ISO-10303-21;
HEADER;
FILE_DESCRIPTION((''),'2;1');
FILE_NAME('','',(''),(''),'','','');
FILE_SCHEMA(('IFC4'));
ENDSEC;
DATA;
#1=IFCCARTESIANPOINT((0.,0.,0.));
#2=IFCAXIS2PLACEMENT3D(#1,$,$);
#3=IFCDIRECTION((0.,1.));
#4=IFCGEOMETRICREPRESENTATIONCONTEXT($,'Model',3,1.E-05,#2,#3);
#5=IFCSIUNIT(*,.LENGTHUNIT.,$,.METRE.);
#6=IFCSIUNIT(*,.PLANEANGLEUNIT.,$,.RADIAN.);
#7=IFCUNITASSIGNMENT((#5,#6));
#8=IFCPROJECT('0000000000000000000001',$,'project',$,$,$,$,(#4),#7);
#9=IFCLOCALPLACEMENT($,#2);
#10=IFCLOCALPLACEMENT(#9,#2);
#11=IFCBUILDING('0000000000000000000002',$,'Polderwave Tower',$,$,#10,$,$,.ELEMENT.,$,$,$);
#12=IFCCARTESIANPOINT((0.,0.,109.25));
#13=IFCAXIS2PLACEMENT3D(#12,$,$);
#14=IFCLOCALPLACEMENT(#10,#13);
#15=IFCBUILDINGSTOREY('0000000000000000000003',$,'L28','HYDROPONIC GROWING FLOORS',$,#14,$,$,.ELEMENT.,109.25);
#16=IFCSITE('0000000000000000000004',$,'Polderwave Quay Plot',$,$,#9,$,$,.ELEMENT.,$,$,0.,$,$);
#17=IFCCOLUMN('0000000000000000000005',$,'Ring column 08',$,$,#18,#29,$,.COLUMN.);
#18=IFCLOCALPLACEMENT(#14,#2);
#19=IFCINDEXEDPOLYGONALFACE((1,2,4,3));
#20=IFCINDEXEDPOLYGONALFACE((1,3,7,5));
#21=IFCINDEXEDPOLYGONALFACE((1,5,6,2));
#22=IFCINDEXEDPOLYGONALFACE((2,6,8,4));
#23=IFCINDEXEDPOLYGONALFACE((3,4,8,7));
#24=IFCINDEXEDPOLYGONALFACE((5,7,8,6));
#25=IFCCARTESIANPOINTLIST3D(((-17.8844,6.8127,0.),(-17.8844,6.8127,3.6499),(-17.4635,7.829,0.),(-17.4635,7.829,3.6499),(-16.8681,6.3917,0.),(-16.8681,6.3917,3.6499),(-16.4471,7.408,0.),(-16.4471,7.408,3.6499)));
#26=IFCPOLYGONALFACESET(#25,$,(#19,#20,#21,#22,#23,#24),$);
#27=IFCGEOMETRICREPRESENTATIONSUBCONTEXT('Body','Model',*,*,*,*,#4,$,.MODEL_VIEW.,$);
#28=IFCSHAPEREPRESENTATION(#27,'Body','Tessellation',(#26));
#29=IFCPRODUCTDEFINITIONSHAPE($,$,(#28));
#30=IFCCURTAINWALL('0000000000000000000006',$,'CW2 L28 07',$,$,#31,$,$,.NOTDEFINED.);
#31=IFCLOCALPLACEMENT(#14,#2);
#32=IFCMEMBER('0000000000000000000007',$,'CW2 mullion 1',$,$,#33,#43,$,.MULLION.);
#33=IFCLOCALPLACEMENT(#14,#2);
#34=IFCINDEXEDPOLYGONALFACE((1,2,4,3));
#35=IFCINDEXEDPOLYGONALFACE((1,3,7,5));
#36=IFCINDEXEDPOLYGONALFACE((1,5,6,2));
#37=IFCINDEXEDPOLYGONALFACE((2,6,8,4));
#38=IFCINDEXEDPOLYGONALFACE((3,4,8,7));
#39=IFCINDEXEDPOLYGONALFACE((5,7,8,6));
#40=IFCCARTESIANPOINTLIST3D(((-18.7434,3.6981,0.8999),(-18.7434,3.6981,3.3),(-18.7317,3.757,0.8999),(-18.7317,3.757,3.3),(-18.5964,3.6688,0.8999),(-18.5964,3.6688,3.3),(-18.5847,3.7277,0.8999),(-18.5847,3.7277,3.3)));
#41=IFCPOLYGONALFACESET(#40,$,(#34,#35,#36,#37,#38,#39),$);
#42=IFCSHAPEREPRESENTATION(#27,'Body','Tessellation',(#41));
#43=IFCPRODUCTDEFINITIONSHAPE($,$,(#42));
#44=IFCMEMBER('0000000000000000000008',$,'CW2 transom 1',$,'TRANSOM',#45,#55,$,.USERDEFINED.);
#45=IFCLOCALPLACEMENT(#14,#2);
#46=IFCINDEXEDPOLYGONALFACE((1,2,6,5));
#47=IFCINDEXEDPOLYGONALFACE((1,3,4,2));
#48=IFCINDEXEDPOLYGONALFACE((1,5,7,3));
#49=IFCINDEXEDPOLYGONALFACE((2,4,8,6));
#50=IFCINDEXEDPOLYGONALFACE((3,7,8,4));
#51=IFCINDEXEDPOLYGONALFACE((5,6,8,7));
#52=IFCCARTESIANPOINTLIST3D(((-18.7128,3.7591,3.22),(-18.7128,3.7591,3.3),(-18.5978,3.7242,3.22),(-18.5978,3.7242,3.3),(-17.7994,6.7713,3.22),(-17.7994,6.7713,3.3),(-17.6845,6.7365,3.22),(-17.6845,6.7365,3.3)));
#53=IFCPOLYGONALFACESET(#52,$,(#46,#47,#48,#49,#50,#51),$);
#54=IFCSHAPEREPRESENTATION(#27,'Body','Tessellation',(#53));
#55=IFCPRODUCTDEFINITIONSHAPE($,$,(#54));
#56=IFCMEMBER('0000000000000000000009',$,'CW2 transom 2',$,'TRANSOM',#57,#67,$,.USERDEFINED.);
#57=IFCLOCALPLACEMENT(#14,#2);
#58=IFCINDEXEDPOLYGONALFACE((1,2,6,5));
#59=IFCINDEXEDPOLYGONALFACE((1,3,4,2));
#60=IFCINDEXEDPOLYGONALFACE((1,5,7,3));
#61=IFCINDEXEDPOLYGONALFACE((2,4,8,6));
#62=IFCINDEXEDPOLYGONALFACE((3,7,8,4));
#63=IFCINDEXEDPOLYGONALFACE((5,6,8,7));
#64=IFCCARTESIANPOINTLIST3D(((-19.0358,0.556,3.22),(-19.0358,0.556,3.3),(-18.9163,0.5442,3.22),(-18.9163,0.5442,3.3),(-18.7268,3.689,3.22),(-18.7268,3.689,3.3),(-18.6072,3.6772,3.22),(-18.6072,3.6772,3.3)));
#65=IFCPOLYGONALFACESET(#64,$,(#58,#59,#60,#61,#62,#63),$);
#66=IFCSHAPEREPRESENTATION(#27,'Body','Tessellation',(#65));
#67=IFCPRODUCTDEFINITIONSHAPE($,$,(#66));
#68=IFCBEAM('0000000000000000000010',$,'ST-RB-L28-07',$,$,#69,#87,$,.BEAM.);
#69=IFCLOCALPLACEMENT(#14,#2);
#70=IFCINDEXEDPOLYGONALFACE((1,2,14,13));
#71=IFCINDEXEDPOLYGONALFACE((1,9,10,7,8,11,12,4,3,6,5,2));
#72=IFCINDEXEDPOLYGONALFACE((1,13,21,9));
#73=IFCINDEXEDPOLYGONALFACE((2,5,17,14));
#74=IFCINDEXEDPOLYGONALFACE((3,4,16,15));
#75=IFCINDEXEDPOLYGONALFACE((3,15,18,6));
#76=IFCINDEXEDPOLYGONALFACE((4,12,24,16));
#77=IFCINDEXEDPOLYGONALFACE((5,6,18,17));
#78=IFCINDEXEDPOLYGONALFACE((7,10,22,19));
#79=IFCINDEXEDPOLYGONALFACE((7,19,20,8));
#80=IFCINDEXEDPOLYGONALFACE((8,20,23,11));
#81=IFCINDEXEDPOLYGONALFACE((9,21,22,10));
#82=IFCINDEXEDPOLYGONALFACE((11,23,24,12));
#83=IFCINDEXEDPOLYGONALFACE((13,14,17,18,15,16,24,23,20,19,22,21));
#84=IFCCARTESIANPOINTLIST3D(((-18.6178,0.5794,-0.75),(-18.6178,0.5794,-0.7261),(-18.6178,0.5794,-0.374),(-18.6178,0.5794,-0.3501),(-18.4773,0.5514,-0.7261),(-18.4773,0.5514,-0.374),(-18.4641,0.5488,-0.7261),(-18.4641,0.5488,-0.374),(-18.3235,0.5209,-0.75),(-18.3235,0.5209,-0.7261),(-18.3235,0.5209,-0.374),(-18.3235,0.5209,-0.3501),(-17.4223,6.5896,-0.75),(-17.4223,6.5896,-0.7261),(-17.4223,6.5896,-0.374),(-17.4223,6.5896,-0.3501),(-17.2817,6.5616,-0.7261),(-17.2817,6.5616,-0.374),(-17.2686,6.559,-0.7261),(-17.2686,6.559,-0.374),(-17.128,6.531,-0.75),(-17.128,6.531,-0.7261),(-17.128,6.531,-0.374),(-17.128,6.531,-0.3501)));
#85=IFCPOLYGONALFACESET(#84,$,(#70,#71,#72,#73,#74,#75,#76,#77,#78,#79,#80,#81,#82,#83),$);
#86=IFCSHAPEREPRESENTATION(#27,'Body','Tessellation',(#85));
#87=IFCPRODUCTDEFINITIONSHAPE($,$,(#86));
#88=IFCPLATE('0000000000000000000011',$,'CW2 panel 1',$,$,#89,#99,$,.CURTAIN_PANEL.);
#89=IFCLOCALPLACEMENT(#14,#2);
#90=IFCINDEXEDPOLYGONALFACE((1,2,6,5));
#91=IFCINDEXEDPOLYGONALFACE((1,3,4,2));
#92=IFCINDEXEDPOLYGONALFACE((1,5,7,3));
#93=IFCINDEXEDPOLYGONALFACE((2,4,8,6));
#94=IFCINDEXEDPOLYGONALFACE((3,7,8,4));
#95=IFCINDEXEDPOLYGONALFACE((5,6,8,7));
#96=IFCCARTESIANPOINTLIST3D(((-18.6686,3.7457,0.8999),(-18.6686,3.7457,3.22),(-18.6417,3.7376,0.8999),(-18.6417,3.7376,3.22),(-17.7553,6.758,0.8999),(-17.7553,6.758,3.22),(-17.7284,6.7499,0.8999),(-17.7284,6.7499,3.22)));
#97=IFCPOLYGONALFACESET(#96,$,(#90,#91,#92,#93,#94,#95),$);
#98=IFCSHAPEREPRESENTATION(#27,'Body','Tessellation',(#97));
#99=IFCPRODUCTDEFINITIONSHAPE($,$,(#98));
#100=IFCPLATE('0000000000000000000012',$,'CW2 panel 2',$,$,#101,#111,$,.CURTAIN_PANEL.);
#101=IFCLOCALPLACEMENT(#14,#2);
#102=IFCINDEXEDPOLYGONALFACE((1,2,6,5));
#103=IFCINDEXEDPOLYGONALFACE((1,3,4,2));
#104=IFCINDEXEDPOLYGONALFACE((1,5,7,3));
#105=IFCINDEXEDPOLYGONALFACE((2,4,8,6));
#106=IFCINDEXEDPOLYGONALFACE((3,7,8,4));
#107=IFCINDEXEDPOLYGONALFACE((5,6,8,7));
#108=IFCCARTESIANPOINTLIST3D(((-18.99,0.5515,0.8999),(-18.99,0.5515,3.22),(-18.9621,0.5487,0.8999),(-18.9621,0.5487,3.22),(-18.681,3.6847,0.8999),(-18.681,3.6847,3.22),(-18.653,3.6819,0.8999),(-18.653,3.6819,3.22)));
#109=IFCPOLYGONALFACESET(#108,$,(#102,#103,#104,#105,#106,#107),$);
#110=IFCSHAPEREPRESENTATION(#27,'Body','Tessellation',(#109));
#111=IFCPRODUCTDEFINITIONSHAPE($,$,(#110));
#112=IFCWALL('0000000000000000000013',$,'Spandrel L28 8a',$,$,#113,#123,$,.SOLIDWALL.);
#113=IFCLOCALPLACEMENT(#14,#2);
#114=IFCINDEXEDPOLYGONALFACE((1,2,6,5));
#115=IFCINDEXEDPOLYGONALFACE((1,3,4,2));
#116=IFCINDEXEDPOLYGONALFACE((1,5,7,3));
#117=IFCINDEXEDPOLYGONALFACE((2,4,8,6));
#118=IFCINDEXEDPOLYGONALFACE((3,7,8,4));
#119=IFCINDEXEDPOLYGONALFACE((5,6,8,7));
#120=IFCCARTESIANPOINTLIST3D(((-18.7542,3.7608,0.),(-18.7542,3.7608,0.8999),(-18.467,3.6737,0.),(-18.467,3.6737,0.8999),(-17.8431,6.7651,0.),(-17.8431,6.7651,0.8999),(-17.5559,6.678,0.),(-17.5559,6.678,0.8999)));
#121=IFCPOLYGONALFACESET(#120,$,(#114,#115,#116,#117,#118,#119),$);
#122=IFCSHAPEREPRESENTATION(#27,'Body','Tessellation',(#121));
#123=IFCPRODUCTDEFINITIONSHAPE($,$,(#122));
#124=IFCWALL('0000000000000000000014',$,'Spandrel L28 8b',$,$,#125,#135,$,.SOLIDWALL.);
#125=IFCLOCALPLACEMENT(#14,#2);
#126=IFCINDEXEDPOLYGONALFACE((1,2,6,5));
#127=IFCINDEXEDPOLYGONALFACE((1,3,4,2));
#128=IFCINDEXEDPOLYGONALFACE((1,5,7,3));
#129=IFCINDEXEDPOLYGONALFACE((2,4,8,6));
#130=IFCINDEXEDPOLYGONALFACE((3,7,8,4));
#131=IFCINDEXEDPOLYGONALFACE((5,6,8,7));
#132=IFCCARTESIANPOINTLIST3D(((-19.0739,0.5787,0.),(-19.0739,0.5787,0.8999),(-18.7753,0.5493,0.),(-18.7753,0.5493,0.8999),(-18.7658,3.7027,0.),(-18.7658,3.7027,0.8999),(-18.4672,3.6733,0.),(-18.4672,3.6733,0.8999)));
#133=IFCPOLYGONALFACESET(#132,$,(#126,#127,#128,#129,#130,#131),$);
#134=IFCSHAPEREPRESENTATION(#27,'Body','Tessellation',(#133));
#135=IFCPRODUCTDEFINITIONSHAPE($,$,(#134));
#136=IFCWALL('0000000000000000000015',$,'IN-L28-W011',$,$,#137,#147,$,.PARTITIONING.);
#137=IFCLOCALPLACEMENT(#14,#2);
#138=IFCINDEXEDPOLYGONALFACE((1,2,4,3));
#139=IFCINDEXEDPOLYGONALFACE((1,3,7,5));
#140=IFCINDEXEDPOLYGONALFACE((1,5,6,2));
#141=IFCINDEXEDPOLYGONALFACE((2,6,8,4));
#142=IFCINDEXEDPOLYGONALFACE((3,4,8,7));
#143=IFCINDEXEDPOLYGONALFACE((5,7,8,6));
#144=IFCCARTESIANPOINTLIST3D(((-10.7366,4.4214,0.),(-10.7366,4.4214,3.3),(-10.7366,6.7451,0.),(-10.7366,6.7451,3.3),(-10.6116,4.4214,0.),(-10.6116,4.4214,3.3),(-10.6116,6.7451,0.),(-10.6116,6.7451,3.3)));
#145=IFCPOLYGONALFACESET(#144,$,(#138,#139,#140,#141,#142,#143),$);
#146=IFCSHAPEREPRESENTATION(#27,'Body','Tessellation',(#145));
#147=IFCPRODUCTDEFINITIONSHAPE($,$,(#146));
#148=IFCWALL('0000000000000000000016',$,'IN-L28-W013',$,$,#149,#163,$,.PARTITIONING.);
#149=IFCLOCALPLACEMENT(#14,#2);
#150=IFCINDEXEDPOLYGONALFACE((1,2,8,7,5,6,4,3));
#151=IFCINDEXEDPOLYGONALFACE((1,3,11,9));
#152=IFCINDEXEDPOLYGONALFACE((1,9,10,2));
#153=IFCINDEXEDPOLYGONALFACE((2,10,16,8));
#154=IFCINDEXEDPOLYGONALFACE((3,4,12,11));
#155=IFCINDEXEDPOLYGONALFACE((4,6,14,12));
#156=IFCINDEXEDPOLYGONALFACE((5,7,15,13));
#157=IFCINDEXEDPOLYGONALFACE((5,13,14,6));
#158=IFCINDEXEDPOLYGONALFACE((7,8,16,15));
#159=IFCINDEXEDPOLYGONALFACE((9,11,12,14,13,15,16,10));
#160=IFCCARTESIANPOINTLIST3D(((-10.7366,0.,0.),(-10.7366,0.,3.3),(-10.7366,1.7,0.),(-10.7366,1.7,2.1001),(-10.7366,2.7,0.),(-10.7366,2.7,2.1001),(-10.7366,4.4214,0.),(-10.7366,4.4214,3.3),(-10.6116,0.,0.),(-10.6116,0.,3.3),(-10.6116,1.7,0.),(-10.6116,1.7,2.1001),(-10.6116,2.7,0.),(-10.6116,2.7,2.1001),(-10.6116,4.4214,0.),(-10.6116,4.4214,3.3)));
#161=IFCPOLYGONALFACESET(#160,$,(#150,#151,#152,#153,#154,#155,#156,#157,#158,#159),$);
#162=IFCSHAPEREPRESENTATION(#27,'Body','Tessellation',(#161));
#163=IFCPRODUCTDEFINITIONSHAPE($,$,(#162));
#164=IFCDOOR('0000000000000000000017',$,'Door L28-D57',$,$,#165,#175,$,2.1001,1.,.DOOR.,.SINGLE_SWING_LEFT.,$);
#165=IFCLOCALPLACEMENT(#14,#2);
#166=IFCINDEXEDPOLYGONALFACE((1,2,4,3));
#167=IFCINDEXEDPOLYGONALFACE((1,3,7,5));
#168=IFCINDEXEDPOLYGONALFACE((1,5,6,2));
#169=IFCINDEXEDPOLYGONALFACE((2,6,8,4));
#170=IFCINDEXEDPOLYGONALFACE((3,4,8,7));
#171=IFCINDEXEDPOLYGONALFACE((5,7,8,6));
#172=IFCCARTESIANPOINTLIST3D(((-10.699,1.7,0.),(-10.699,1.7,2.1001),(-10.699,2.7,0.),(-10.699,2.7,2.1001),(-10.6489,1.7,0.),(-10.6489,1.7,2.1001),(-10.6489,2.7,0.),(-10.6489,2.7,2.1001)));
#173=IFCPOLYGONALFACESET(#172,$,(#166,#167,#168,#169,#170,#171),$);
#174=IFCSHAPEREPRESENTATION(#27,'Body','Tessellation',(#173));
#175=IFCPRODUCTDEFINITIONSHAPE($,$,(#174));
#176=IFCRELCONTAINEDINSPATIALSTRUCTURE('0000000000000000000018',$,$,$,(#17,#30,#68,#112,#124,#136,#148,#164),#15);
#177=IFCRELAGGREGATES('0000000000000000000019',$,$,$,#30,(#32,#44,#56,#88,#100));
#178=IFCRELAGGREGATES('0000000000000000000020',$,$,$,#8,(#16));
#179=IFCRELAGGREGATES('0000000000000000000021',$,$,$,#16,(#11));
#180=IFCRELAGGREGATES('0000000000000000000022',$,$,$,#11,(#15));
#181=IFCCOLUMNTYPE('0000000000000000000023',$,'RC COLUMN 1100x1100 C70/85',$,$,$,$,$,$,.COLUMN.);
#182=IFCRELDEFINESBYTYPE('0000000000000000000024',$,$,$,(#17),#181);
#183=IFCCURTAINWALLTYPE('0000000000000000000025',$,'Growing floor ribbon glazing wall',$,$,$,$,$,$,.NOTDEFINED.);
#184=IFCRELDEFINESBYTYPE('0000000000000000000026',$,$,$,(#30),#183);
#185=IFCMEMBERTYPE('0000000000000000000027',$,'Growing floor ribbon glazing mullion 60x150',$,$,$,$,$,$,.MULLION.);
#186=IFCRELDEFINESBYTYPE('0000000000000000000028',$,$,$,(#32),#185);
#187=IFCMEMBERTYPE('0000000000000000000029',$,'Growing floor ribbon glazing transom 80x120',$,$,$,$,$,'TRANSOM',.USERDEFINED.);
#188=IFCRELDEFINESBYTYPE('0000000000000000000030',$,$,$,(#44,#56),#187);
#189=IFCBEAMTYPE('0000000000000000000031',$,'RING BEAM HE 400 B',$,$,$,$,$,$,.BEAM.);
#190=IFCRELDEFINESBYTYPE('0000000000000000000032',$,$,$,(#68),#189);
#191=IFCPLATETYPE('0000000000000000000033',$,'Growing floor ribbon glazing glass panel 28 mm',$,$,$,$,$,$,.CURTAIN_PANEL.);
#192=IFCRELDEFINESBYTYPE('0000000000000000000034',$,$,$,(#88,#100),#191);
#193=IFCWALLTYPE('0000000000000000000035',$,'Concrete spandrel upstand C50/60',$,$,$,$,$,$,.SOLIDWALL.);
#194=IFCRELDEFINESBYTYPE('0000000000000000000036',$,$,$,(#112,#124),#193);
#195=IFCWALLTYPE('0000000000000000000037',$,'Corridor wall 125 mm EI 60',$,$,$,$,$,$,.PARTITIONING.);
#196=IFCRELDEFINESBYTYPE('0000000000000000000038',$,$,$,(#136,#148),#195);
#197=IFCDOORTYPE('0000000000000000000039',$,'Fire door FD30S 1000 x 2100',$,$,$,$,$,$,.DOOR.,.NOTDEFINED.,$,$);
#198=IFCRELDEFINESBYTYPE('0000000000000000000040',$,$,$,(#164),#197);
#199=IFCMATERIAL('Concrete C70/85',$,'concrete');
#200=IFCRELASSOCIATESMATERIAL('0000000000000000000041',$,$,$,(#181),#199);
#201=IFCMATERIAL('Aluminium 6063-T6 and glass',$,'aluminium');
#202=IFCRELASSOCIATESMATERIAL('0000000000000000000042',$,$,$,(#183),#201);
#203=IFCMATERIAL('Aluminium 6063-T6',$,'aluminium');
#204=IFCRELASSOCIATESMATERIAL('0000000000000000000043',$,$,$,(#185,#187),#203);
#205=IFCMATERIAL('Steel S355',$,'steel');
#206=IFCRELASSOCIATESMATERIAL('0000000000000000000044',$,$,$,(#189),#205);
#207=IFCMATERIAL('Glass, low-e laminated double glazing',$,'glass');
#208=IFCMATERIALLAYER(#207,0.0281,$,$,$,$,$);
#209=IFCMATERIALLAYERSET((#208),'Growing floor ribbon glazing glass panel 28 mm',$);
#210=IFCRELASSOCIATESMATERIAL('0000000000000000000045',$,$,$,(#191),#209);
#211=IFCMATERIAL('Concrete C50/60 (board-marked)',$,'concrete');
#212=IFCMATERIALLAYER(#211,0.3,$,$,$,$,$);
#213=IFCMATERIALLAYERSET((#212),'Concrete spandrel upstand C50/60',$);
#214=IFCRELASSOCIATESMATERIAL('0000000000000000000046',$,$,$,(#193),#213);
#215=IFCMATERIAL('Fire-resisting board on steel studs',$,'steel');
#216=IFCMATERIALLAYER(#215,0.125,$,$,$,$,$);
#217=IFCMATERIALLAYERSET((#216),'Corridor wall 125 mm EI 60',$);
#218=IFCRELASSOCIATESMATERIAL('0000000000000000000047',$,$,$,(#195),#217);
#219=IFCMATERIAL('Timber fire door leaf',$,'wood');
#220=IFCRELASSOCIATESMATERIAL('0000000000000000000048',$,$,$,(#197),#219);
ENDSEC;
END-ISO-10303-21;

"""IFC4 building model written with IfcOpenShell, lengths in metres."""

from ifc_helpers import new_model, si_unit, direction, frame, frame_2d, origin, origin_2d, place, context, subcontext, project, spatial, rectangle, i_section, extrude, material, layer, layer_set, material_profile, profile_set, type_object, element, fill, aggregate, save


model = new_model("IFC4")

# Units and contexts
model_context = context("Model", 3, precision=1e-05, world=origin(), true_north=direction((0.0, 1.0)))
body_context = subcontext(model_context, "Body", "Model", "MODEL_VIEW")
ifc_project = project(units=[si_unit("LENGTHUNIT", "METRE"), si_unit("PLANEANGLEUNIT", "RADIAN")], contexts=[model_context])

# Site, building, storey
site_placement = place(None, origin())
site = spatial("IfcSite", under=ifc_project, at=site_placement, Name="Polderwave Quay Plot", CompositionType="ELEMENT", RefElevation=0.0)
building_placement = place(site_placement, origin())
building = spatial("IfcBuilding", under=site, at=building_placement, Name="Polderwave Tower", CompositionType="ELEMENT")
storey_placement = place(building_placement, frame((0.0, 0.0, 109.25)))
storey = spatial("IfcBuildingStorey", under=building, at=storey_placement, Name="L28", Description="HYDROPONIC GROWING FLOORS", CompositionType="ELEMENT", Elevation=109.25)

# Column
ifc_material_1 = material(Name="Concrete C70/85", Category="concrete")
ifc_material_profile_1 = material_profile(ifc_material_1, rectangle(XDim=1.1001, YDim=1.1001, at=origin_2d()), Name="RC 1100x1100")
ifc_profile_set_1 = profile_set([ifc_material_profile_1], Name="Concrete C70/85")
column_type = type_object("IfcColumnType", Name="RC COLUMN 1100x1100 C70/85", PredefinedType="COLUMN", material=ifc_profile_set_1)
column_placement = place(storey_placement, frame((-17.1658, 7.1104, 0.0), z_axis=(0.0, 0.0, 1.0), x_axis=(-0.92388, 0.382683, 0.0)))
element("IfcColumn", 1, at=column_placement, inside=storey, type_object=column_type, Name="Ring column 08", PredefinedType="COLUMN", context=body_context, shape_type="SweptSolid", body=[
    extrude(rectangle(XDim=1.1001, YDim=1.1001, at=origin_2d()), origin(), (0.0, 0.0, 1.0), 3.6499),
])

# Curtain wall, members
ifc_material_2 = material(Name="Aluminium 6063-T6 and glass", Category="aluminium")
curtain_wall_type = type_object("IfcCurtainWallType", Name="Growing floor ribbon glazing wall", PredefinedType="NOTDEFINED", material=ifc_material_2)
curtain_wall_placement = place(storey_placement, origin())
curtain_wall = element("IfcCurtainWall", 2, at=curtain_wall_placement, inside=storey, type_object=curtain_wall_type, Name="CW2 L28 07", PredefinedType="NOTDEFINED")
ifc_material_3 = material(Name="Aluminium 6063-T6", Category="aluminium")
ifc_material_profile_2 = material_profile(ifc_material_3, rectangle(XDim=0.1499, YDim=0.0601, at=origin_2d()), Name="AL 60x150")
ifc_profile_set_2 = profile_set([ifc_material_profile_2], Name="Aluminium 6063-T6")
member_type_1 = type_object("IfcMemberType", Name="Growing floor ribbon glazing mullion 60x150", PredefinedType="MULLION", material=ifc_profile_set_2)
member_1_placement = place(storey_placement, frame((-18.6641, 3.7129, 0.8999), z_axis=(0.0, 0.0, 1.0), x_axis=(0.980785, -0.195092, 0.0)))
member_1 = element("IfcMember", 3, at=member_1_placement, type_object=member_type_1, Name="CW2 mullion 1", PredefinedType="MULLION", context=body_context, shape_type="SweptSolid", body=[
    extrude(rectangle(XDim=0.1499, YDim=0.0601, at=origin_2d()), origin(), (0.0, 0.0, 1.0), 2.4001),
])
ifc_material_profile_3 = material_profile(ifc_material_3, rectangle(XDim=0.1201, YDim=0.0801, at=origin_2d()), Name="AL 80x120")
ifc_profile_set_3 = profile_set([ifc_material_profile_3], Name="Aluminium 6063-T6")
member_type_2 = type_object("IfcMemberType", Name="Growing floor ribbon glazing transom 80x120", ElementType="TRANSOM", PredefinedType="USERDEFINED", material=ifc_profile_set_3)
member_2_placement = place(storey_placement, frame((-17.7419, 6.7539, 3.26), z_axis=(-0.290165, -0.956977, 0.0), x_axis=(0.956977, -0.290165, 0.0)))
member_2 = element("IfcMember", 4, at=member_2_placement, type_object=member_type_2, Name="CW2 transom 1", ObjectType="TRANSOM", PredefinedType="USERDEFINED", context=body_context, shape_type="SweptSolid", body=[
    extrude(rectangle(XDim=0.1201, YDim=0.0801, at=origin_2d()), origin(), (0.0, 0.0, 1.0), 3.1477),
])
member_3_placement = place(storey_placement, frame((-18.667, 3.6831, 3.26), z_axis=(-0.098175, -0.995169, 0.0), x_axis=(0.995169, -0.098175, 0.0)))
member_3 = element("IfcMember", 5, at=member_3_placement, type_object=member_type_2, Name="CW2 transom 2", ObjectType="TRANSOM", PredefinedType="USERDEFINED", context=body_context, shape_type="SweptSolid", body=[
    extrude(rectangle(XDim=0.1201, YDim=0.0801, at=origin_2d()), origin(), (0.0, 0.0, 1.0), 3.1482),
])

# Beam
ifc_material_4 = material(Name="Steel S355", Category="steel")
ifc_material_profile_4 = material_profile(ifc_material_4, i_section(OverallWidth=0.3, OverallDepth=0.3999, WebThickness=0.0134, FlangeThickness=0.0239, at=origin_2d()), Name="HE 400 B")
ifc_profile_set_4 = profile_set([ifc_material_profile_4], Name="Steel S355")
beam_type = type_object("IfcBeamType", Name="RING BEAM HE 400 B", PredefinedType="BEAM", material=ifc_profile_set_4)
beam_placement = place(storey_placement, frame((-17.2751, 6.5603, -0.55), z_axis=(-0.195097, -0.980784, 0.0), x_axis=(0.980784, -0.195097, 0.0)))
element("IfcBeam", 6, at=beam_placement, inside=storey, type_object=beam_type, Name="ST-RB-L28-07", PredefinedType="BEAM", context=body_context, shape_type="SweptSolid", body=[
    extrude(i_section(OverallWidth=0.3, OverallDepth=0.3999, WebThickness=0.0134, FlangeThickness=0.0239, at=origin_2d()), origin(), (0.0, 0.0, 1.0), 6.1279),
])

# Plates
ifc_material_5 = material(Name="Glass, low-e laminated double glazing", Category="glass")
ifc_layer_1 = layer(ifc_material_5, 0.0281)
ifc_layer_set_1 = layer_set([ifc_layer_1], Name="Growing floor ribbon glazing glass panel 28 mm")
plate_type = type_object("IfcPlateType", Name="Growing floor ribbon glazing glass panel 28 mm", PredefinedType="CURTAIN_PANEL", material=ifc_layer_set_1)
plate_1_placement = place(storey_placement, frame((-18.1985, 5.2478, 0.8999), z_axis=(0.0, 0.0, 1.0), x_axis=(-0.290148, -0.956982, 0.0)))
plate_1 = element("IfcPlate", 7, at=plate_1_placement, type_object=plate_type, Name="CW2 panel 1", PredefinedType="CURTAIN_PANEL", context=body_context, shape_type="SweptSolid", body=[
    extrude(rectangle(XDim=3.1477, YDim=0.0281, at=origin_2d()), origin(), (0.0, 0.0, 1.0), 2.3201),
])
plate_2_placement = place(storey_placement, frame((-18.8215, 2.1167, 0.8999), z_axis=(0.0, 0.0, 1.0), x_axis=(-0.098165, -0.99517, 0.0)))
plate_2 = element("IfcPlate", 8, at=plate_2_placement, type_object=plate_type, Name="CW2 panel 2", PredefinedType="CURTAIN_PANEL", context=body_context, shape_type="SweptSolid", body=[
    extrude(rectangle(XDim=3.1484, YDim=0.0281, at=origin_2d()), origin(), (0.0, 0.0, 1.0), 2.3201),
])
aggregate(curtain_wall, [member_1, member_2, member_3, plate_1, plate_2])

# Walls
ifc_material_6 = material(Name="Concrete C50/60 (board-marked)", Category="concrete")
ifc_layer_2 = layer(ifc_material_6, 0.3)
ifc_layer_set_2 = layer_set([ifc_layer_2], Name="Concrete spandrel upstand C50/60")
wall_type_1 = type_object("IfcWallType", Name="Concrete spandrel upstand C50/60", PredefinedType="SOLIDWALL", material=ifc_layer_set_2)
wall_1_placement = place(storey_placement, frame((-17.6995, 6.7217, 0.0), z_axis=(0.0, 0.0, 1.0), x_axis=(-0.290215, -0.956962, 0.0)))
element("IfcWall", 9, at=wall_1_placement, inside=storey, type_object=wall_type_1, Name="Spandrel L28 8a", PredefinedType="SOLIDWALL", context=body_context, shape_type="SweptSolid", body=[
    extrude(rectangle(XDim=3.1394, YDim=0.3, at=frame_2d((1.5698, 0.0))), origin(), (0.0, 0.0, 1.0), 0.8999),
])
wall_2_placement = place(storey_placement, frame((-18.6165, 3.688, 0.0), z_axis=(0.0, 0.0, 1.0), x_axis=(-0.098148, -0.995172, 0.0)))
element("IfcWall", 10, at=wall_2_placement, inside=storey, type_object=wall_type_1, Name="Spandrel L28 8b", PredefinedType="SOLIDWALL", context=body_context, shape_type="SweptSolid", body=[
    extrude(rectangle(XDim=3.1392, YDim=0.3, at=frame_2d((1.5696, 0.0))), origin(), (0.0, 0.0, 1.0), 0.8999),
])
ifc_material_7 = material(Name="Fire-resisting board on steel studs", Category="steel")
ifc_layer_3 = layer(ifc_material_7, 0.125)
ifc_layer_set_3 = layer_set([ifc_layer_3], Name="Corridor wall 125 mm EI 60")
wall_type_2 = type_object("IfcWallType", Name="Corridor wall 125 mm EI 60", PredefinedType="PARTITIONING", material=ifc_layer_set_3)
wall_3_placement = place(storey_placement, frame((-10.6741, 4.4214, 0.0), z_axis=(0.0, 0.0, 1.0), x_axis=(0.0, 1.0, 0.0)))
element("IfcWall", 11, at=wall_3_placement, inside=storey, type_object=wall_type_2, Name="IN-L28-W011", PredefinedType="PARTITIONING", context=body_context, shape_type="SweptSolid", body=[
    extrude(rectangle(XDim=2.3237, YDim=0.125, at=frame_2d((1.1619, 0.0))), origin(), (0.0, 0.0, 1.0), 3.3),
])

# Wall, opening, door
wall_4_placement = place(storey_placement, frame((-10.6741, 0.0, 0.0), z_axis=(0.0, 0.0, 1.0), x_axis=(0.0, 1.0, 0.0)))
wall_4 = element("IfcWall", 12, at=wall_4_placement, inside=storey, type_object=wall_type_2, Name="IN-L28-W013", PredefinedType="PARTITIONING", context=body_context, shape_type="SweptSolid", body=[
    extrude(rectangle(XDim=4.4214, YDim=0.125, at=frame_2d((2.2107, 0.0))), origin(), (0.0, 0.0, 1.0), 3.3),
])
opening_1_placement = place(wall_4_placement, frame((1.7, 0.0, 0.0)))
opening_1 = element("IfcOpeningElement", 13, at=opening_1_placement, cuts=wall_4, PredefinedType="OPENING", context=body_context, shape_type="SweptSolid", body=[
    extrude(rectangle(XDim=1.0, YDim=2.1001, at=frame_2d((0.5, 1.05))), frame((0.0, 0.0725, 0.0), z_axis=(0.0, -1.0, 0.0), x_axis=(1.0, 0.0, 0.0)), (0.0, 0.0, 1.0), 0.145),
])
ifc_material_8 = material(Name="Timber fire door leaf", Category="wood")
door_type_1 = type_object("IfcDoorType", Name="Fire door FD30S 1000 x 2100", OperationType="NOTDEFINED", PredefinedType="DOOR", material=ifc_material_8)
door_1_placement = place(opening_1_placement, origin())
door_1 = element("IfcDoor", 14, at=door_1_placement, inside=storey, type_object=door_type_1, Name="Door L28-D57", OperationType="SINGLE_SWING_LEFT", OverallHeight=2.1001, OverallWidth=1.0, PredefinedType="DOOR", context=body_context, shape_type="SweptSolid", body=[
    extrude(rectangle(XDim=1.0, YDim=2.1001, at=frame_2d((0.5, 1.05))), frame((0.0, 0.0249, 0.0), z_axis=(0.0, -1.0, 0.0), x_axis=(1.0, 0.0, 0.0)), (0.0, 0.0, 1.0), 0.05),
])
fill(opening_1, door_1)

save(model, "model.ifc")
